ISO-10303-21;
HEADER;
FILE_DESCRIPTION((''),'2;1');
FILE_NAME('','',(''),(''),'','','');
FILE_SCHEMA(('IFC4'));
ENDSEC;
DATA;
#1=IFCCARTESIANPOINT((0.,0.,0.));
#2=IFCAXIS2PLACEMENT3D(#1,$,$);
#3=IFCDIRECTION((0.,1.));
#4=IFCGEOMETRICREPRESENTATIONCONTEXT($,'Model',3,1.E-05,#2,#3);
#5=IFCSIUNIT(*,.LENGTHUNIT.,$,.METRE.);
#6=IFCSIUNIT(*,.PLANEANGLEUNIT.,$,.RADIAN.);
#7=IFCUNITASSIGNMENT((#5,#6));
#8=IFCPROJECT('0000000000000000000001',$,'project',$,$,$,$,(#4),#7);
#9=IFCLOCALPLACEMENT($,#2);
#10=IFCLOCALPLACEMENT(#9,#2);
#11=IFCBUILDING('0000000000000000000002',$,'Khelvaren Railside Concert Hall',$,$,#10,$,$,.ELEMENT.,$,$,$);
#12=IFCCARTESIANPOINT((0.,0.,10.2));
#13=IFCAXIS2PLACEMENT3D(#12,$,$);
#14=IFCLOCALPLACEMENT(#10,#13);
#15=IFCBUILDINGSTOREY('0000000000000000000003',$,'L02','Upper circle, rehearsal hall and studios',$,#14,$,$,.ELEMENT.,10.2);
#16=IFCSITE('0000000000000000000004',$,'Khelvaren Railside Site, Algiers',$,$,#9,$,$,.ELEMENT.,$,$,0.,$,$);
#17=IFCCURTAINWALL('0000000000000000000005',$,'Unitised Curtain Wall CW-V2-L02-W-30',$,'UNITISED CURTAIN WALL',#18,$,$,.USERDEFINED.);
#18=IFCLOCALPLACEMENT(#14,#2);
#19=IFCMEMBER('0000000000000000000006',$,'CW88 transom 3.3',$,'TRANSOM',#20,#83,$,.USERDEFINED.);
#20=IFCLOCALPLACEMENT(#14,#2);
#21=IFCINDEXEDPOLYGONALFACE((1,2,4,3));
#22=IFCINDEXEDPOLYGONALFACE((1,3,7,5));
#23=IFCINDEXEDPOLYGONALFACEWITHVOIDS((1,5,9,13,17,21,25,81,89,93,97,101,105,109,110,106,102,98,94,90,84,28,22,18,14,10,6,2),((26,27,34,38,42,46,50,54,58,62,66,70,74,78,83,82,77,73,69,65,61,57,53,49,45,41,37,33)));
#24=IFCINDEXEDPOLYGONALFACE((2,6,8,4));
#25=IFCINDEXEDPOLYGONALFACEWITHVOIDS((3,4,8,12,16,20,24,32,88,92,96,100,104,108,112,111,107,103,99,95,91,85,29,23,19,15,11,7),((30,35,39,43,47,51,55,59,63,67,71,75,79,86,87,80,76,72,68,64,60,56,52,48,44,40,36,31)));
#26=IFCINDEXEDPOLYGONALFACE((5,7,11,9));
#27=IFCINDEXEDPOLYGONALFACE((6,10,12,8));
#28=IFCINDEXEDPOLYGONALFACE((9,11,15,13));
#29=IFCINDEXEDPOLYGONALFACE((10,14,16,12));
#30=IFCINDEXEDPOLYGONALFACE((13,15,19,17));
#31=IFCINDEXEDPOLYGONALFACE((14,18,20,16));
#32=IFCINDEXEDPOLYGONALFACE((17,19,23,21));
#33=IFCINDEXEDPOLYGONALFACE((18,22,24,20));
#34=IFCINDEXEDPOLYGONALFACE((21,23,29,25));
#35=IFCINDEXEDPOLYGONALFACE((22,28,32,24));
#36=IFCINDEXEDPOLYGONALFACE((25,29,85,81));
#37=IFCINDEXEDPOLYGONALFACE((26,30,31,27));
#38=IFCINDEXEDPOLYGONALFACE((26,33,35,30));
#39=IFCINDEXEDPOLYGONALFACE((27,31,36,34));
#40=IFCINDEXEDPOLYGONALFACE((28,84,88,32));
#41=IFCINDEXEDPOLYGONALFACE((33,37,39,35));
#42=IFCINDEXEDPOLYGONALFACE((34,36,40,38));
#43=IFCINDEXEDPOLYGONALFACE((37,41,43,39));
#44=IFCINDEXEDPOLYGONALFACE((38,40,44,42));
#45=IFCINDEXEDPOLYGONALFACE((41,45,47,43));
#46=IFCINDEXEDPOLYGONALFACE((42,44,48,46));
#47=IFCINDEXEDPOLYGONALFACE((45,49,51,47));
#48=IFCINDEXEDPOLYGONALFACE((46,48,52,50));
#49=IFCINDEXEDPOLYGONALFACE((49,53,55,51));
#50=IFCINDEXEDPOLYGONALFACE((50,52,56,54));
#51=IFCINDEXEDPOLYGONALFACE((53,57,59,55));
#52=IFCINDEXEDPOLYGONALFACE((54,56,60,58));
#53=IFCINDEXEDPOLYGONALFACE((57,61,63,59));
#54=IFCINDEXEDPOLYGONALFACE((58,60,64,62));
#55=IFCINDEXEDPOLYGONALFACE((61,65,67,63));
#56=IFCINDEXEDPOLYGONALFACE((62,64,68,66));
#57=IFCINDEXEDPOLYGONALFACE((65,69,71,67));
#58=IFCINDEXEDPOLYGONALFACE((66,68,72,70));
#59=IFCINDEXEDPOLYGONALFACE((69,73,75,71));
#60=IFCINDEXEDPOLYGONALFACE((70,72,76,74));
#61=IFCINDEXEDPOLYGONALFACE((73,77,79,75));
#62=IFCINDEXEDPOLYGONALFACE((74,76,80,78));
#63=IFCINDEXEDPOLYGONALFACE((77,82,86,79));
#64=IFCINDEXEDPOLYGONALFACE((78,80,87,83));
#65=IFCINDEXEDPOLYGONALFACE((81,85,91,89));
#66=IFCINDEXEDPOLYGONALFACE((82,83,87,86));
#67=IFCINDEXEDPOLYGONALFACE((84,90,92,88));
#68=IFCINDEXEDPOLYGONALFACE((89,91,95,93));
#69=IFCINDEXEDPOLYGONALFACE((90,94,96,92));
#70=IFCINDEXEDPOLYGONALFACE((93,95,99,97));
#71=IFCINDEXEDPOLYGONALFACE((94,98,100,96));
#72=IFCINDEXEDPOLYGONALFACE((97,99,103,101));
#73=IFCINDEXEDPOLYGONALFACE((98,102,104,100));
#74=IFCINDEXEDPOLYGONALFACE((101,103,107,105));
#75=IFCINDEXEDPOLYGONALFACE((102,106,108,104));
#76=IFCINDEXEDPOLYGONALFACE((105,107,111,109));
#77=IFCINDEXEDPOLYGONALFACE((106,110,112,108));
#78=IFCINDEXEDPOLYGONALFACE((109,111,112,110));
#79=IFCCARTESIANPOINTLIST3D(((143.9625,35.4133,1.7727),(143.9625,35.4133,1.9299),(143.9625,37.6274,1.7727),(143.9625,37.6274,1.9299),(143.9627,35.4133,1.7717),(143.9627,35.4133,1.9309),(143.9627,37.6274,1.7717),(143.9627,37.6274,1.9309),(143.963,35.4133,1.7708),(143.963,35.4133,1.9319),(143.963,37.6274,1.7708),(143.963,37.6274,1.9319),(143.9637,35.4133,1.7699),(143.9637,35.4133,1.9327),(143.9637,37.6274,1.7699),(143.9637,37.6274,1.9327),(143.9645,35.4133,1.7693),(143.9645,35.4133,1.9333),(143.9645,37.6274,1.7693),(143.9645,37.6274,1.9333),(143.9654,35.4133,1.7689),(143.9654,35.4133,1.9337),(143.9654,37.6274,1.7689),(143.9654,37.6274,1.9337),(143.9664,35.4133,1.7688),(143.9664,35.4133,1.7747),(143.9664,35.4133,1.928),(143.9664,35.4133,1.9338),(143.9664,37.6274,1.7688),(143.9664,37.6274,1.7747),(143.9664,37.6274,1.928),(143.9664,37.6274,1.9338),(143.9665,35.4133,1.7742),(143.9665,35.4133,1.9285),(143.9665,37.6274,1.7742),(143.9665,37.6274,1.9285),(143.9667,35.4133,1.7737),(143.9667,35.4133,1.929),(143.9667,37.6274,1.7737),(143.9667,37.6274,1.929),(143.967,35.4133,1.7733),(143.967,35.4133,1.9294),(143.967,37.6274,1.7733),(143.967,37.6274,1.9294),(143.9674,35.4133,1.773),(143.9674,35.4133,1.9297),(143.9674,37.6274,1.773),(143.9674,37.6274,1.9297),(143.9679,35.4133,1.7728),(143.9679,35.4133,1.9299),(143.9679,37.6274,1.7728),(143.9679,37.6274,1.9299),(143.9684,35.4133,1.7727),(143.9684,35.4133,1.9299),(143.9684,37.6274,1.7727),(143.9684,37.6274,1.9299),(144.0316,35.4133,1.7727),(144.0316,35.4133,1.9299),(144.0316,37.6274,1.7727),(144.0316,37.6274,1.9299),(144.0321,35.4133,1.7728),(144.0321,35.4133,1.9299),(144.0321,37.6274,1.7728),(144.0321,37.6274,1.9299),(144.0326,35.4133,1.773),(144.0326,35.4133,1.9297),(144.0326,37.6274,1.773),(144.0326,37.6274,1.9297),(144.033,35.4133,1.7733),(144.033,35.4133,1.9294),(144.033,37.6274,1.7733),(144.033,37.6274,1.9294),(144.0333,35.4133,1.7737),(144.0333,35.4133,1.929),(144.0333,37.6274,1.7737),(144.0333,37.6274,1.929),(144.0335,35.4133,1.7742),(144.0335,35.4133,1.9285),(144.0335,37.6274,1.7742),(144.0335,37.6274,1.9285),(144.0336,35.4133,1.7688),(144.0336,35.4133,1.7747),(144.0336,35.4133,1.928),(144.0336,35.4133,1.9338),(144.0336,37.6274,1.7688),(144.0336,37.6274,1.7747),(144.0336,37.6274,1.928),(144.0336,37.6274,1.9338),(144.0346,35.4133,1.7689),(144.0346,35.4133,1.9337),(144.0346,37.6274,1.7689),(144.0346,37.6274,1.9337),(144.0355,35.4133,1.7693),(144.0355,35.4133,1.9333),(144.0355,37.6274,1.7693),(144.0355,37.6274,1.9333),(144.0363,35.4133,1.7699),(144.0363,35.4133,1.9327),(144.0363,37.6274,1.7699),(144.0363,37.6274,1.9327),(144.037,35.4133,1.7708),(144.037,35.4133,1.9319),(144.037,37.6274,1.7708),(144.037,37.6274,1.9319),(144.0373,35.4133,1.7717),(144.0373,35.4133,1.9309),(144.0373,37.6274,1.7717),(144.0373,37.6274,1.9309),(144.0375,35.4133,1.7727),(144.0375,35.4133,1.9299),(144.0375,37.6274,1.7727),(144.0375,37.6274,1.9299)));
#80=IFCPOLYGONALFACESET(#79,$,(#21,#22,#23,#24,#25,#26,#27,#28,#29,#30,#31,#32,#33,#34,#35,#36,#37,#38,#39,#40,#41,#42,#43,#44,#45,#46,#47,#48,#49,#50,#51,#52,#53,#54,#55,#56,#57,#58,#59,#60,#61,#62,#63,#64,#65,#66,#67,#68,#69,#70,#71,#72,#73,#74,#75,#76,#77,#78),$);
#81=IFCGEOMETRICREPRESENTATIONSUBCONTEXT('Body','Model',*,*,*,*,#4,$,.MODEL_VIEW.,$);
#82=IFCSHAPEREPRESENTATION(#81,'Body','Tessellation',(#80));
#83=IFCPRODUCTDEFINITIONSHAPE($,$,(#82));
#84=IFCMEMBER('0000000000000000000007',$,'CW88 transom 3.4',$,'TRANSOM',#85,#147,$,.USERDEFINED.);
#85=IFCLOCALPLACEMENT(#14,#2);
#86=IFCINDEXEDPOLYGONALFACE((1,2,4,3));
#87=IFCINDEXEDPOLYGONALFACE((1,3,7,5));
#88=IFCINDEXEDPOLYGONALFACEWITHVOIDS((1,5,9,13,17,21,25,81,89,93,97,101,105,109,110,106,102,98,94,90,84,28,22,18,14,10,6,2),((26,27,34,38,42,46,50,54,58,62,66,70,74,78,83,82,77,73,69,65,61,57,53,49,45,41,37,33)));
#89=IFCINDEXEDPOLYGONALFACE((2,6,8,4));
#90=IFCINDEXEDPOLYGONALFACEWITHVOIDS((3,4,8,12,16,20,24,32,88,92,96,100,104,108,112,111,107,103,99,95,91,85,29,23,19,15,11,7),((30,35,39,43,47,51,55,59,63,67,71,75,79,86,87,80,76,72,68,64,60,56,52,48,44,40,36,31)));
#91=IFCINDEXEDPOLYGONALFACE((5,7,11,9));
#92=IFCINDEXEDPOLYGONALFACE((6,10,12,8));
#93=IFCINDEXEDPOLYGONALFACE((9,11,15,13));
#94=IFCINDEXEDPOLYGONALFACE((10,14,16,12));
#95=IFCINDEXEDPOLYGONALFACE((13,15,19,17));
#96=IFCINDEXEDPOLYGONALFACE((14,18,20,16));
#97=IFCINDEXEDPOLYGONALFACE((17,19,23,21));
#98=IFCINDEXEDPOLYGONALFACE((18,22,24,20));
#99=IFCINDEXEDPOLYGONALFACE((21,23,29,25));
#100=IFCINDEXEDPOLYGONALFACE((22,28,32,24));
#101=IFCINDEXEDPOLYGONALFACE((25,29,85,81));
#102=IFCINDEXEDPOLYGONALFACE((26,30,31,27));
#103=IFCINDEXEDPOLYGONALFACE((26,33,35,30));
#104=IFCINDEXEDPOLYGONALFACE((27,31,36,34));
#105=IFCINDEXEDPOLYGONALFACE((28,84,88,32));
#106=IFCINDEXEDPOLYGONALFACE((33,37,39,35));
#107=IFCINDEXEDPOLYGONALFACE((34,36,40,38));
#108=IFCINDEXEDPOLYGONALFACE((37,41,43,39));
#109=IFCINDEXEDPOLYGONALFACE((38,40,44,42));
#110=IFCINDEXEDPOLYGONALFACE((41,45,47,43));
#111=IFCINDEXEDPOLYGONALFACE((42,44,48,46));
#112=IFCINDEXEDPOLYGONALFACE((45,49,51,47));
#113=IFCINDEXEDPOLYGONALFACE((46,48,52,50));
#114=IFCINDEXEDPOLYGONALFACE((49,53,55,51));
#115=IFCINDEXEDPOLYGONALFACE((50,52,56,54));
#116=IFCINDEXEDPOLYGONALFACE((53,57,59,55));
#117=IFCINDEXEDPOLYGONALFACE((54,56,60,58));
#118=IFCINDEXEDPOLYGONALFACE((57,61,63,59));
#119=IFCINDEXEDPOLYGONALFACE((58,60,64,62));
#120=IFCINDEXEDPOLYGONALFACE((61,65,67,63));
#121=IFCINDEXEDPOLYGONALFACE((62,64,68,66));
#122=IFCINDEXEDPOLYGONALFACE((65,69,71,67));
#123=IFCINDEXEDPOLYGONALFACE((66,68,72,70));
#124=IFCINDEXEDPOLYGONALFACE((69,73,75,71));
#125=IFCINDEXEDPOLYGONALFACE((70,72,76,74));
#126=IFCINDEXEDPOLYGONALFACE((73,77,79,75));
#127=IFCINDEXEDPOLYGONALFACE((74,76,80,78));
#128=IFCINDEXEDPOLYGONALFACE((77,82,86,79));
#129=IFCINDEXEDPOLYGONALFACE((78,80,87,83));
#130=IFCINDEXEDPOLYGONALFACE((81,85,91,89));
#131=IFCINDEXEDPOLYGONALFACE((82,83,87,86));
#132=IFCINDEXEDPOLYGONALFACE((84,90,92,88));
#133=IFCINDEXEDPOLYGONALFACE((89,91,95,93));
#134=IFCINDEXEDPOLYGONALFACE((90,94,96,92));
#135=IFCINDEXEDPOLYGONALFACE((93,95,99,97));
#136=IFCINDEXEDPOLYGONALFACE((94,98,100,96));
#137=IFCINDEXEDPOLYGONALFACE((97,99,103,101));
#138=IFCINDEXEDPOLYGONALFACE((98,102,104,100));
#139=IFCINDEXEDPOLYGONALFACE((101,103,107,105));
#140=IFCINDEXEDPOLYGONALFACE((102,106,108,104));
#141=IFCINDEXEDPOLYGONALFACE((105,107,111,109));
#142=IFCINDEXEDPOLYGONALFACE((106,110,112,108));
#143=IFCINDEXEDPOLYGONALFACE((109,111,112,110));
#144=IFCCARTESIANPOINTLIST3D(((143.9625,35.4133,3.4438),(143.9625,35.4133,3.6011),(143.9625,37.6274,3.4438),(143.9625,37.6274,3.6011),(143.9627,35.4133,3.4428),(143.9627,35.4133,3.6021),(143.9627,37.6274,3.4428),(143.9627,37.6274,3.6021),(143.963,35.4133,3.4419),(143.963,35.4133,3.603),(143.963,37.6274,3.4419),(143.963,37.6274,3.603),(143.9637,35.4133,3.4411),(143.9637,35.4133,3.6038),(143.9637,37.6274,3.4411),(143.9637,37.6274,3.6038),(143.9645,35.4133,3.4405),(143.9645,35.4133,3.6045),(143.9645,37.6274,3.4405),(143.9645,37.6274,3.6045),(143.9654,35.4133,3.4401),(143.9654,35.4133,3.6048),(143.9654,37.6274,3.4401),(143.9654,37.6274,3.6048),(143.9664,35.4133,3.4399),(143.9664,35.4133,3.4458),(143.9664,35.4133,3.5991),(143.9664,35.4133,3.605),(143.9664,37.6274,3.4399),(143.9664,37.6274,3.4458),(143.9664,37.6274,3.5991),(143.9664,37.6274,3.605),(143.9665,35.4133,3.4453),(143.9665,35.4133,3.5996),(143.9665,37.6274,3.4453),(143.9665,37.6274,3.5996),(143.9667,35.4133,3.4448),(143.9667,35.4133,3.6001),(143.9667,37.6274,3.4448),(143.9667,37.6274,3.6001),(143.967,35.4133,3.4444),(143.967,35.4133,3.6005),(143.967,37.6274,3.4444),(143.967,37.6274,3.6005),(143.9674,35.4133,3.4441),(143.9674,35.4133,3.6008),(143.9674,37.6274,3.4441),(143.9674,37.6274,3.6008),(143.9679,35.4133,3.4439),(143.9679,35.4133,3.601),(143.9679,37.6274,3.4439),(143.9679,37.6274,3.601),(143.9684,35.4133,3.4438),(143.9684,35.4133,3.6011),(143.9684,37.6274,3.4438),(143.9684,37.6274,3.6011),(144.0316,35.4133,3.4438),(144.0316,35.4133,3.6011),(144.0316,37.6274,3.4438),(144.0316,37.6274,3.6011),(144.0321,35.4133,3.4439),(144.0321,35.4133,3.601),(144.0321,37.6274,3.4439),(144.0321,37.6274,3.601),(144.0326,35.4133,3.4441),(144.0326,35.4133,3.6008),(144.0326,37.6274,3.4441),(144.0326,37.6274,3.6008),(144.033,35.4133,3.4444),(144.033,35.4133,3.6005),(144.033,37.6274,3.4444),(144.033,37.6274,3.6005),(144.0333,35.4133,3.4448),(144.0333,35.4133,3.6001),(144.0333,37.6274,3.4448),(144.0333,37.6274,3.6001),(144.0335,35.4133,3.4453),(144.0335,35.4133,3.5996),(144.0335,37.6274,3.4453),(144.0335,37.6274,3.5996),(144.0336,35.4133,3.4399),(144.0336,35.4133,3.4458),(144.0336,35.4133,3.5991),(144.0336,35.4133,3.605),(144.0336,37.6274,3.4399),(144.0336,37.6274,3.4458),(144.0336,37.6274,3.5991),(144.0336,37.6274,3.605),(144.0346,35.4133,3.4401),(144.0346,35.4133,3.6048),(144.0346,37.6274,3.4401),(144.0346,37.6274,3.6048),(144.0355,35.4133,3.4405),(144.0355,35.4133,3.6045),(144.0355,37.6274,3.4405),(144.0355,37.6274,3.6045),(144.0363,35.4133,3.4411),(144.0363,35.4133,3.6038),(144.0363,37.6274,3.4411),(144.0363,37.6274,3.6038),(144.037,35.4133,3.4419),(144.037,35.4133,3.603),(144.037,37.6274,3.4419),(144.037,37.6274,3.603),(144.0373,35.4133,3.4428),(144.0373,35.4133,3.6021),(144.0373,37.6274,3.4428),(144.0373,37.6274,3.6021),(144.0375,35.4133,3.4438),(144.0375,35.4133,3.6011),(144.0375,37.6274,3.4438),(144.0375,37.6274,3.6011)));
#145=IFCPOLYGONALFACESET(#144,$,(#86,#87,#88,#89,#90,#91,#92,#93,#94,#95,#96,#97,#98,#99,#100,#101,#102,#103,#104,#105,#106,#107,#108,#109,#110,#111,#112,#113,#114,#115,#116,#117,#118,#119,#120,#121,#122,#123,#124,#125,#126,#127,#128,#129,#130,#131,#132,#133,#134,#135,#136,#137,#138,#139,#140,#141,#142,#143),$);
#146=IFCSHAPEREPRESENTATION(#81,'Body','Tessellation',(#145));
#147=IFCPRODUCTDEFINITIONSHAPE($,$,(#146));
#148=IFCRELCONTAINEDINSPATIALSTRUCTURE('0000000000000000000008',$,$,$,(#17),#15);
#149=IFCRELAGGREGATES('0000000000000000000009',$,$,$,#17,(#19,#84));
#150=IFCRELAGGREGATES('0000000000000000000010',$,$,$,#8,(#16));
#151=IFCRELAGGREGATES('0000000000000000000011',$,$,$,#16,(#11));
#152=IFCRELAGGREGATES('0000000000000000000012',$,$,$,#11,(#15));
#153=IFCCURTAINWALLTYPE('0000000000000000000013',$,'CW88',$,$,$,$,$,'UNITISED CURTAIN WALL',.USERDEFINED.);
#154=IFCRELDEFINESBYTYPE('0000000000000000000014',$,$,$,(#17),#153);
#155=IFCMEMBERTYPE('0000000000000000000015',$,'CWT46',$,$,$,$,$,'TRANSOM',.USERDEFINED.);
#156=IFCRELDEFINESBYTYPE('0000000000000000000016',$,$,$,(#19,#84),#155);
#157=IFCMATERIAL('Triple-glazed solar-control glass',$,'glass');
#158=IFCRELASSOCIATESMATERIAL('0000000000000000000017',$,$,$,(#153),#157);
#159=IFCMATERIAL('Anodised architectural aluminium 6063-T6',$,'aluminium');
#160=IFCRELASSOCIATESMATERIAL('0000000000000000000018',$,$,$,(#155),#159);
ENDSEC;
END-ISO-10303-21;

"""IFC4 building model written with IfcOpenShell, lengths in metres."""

from ifc_helpers import new_model, si_unit, direction, frame, origin, origin_2d, place, context, subcontext, project, spatial, hollow_rectangle, extrude, material, material_profile, profile_set, type_object, element, aggregate, save


model = new_model("IFC4")

# Units and contexts
model_context = context("Model", 3, precision=1e-05, world=origin(), true_north=direction((0.0, 1.0)))
body_context = subcontext(model_context, "Body", "Model", "MODEL_VIEW")
ifc_project = project(units=[si_unit("LENGTHUNIT", "METRE"), si_unit("PLANEANGLEUNIT", "RADIAN")], contexts=[model_context])

# Site, building, storey
site_placement = place(None, origin())
site = spatial("IfcSite", under=ifc_project, at=site_placement, Name="Khelvaren Railside Site, Algiers", CompositionType="ELEMENT", RefElevation=0.0)
building_placement = place(site_placement, origin())
building = spatial("IfcBuilding", under=site, at=building_placement, Name="Khelvaren Railside Concert Hall", CompositionType="ELEMENT")
storey_placement = place(building_placement, frame((0.0, 0.0, 10.2)))
storey = spatial("IfcBuildingStorey", under=building, at=storey_placement, Name="L02", Description="Upper circle, rehearsal hall and studios", CompositionType="ELEMENT", Elevation=10.2)

# Curtain wall
ifc_material_1 = material(Name="Triple-glazed solar-control glass", Category="glass")
curtain_wall_type_1 = type_object("IfcCurtainWallType", Name="CW88", ElementType="UNITISED CURTAIN WALL", PredefinedType="USERDEFINED", material=ifc_material_1)
curtain_wall_1_placement = place(storey_placement, origin())
curtain_wall_1 = element("IfcCurtainWall", 1, at=curtain_wall_1_placement, inside=storey, type_object=curtain_wall_type_1, Name="Unitised Curtain Wall CW-V2-L02-W-30", ObjectType="UNITISED CURTAIN WALL", PredefinedType="USERDEFINED")
ifc_material_2 = material(Name="Anodised architectural aluminium 6063-T6", Category="aluminium")

# Members
ifc_material_profile_1 = material_profile(ifc_material_2, hollow_rectangle(XDim=0.075, YDim=0.165, WallThickness=0.0039, InnerFilletRadius=0.002, OuterFilletRadius=0.0039, at=origin_2d()), Name="CWT 75x165x4")
ifc_profile_set_1 = profile_set([ifc_material_profile_1], Name="Anodised architectural aluminium 6063-T6")
member_type_1 = type_object("IfcMemberType", Name="CWT46", ElementType="TRANSOM", PredefinedType="USERDEFINED", material=ifc_profile_set_1)
member_1_placement = place(storey_placement, frame((144.0, 35.4133, 1.8513), z_axis=(0.0, 1.0, 0.0), x_axis=(-1.0, 0.0, 0.0)))
member_1 = element("IfcMember", 2, at=member_1_placement, type_object=member_type_1, Name="CW88 transom 3.3", ObjectType="TRANSOM", PredefinedType="USERDEFINED", context=body_context, shape_type="SweptSolid", body=[
    extrude(hollow_rectangle(XDim=0.075, YDim=0.165, WallThickness=0.0039, InnerFilletRadius=0.002, OuterFilletRadius=0.0039, at=origin_2d()), origin(), (0.0, 0.0, 1.0), 2.2141),
])
member_2_placement = place(storey_placement, frame((144.0, 35.4133, 3.5225), z_axis=(0.0, 1.0, 0.0), x_axis=(-1.0, 0.0, 0.0)))
member_2 = element("IfcMember", 3, at=member_2_placement, type_object=member_type_1, Name="CW88 transom 3.4", ObjectType="TRANSOM", PredefinedType="USERDEFINED", context=body_context, shape_type="SweptSolid", body=[
    extrude(hollow_rectangle(XDim=0.075, YDim=0.165, WallThickness=0.0039, InnerFilletRadius=0.002, OuterFilletRadius=0.0039, at=origin_2d()), origin(), (0.0, 0.0, 1.0), 2.2141),
])

aggregate(curtain_wall_1, [member_1, member_2])

save(model, "model.ifc")
